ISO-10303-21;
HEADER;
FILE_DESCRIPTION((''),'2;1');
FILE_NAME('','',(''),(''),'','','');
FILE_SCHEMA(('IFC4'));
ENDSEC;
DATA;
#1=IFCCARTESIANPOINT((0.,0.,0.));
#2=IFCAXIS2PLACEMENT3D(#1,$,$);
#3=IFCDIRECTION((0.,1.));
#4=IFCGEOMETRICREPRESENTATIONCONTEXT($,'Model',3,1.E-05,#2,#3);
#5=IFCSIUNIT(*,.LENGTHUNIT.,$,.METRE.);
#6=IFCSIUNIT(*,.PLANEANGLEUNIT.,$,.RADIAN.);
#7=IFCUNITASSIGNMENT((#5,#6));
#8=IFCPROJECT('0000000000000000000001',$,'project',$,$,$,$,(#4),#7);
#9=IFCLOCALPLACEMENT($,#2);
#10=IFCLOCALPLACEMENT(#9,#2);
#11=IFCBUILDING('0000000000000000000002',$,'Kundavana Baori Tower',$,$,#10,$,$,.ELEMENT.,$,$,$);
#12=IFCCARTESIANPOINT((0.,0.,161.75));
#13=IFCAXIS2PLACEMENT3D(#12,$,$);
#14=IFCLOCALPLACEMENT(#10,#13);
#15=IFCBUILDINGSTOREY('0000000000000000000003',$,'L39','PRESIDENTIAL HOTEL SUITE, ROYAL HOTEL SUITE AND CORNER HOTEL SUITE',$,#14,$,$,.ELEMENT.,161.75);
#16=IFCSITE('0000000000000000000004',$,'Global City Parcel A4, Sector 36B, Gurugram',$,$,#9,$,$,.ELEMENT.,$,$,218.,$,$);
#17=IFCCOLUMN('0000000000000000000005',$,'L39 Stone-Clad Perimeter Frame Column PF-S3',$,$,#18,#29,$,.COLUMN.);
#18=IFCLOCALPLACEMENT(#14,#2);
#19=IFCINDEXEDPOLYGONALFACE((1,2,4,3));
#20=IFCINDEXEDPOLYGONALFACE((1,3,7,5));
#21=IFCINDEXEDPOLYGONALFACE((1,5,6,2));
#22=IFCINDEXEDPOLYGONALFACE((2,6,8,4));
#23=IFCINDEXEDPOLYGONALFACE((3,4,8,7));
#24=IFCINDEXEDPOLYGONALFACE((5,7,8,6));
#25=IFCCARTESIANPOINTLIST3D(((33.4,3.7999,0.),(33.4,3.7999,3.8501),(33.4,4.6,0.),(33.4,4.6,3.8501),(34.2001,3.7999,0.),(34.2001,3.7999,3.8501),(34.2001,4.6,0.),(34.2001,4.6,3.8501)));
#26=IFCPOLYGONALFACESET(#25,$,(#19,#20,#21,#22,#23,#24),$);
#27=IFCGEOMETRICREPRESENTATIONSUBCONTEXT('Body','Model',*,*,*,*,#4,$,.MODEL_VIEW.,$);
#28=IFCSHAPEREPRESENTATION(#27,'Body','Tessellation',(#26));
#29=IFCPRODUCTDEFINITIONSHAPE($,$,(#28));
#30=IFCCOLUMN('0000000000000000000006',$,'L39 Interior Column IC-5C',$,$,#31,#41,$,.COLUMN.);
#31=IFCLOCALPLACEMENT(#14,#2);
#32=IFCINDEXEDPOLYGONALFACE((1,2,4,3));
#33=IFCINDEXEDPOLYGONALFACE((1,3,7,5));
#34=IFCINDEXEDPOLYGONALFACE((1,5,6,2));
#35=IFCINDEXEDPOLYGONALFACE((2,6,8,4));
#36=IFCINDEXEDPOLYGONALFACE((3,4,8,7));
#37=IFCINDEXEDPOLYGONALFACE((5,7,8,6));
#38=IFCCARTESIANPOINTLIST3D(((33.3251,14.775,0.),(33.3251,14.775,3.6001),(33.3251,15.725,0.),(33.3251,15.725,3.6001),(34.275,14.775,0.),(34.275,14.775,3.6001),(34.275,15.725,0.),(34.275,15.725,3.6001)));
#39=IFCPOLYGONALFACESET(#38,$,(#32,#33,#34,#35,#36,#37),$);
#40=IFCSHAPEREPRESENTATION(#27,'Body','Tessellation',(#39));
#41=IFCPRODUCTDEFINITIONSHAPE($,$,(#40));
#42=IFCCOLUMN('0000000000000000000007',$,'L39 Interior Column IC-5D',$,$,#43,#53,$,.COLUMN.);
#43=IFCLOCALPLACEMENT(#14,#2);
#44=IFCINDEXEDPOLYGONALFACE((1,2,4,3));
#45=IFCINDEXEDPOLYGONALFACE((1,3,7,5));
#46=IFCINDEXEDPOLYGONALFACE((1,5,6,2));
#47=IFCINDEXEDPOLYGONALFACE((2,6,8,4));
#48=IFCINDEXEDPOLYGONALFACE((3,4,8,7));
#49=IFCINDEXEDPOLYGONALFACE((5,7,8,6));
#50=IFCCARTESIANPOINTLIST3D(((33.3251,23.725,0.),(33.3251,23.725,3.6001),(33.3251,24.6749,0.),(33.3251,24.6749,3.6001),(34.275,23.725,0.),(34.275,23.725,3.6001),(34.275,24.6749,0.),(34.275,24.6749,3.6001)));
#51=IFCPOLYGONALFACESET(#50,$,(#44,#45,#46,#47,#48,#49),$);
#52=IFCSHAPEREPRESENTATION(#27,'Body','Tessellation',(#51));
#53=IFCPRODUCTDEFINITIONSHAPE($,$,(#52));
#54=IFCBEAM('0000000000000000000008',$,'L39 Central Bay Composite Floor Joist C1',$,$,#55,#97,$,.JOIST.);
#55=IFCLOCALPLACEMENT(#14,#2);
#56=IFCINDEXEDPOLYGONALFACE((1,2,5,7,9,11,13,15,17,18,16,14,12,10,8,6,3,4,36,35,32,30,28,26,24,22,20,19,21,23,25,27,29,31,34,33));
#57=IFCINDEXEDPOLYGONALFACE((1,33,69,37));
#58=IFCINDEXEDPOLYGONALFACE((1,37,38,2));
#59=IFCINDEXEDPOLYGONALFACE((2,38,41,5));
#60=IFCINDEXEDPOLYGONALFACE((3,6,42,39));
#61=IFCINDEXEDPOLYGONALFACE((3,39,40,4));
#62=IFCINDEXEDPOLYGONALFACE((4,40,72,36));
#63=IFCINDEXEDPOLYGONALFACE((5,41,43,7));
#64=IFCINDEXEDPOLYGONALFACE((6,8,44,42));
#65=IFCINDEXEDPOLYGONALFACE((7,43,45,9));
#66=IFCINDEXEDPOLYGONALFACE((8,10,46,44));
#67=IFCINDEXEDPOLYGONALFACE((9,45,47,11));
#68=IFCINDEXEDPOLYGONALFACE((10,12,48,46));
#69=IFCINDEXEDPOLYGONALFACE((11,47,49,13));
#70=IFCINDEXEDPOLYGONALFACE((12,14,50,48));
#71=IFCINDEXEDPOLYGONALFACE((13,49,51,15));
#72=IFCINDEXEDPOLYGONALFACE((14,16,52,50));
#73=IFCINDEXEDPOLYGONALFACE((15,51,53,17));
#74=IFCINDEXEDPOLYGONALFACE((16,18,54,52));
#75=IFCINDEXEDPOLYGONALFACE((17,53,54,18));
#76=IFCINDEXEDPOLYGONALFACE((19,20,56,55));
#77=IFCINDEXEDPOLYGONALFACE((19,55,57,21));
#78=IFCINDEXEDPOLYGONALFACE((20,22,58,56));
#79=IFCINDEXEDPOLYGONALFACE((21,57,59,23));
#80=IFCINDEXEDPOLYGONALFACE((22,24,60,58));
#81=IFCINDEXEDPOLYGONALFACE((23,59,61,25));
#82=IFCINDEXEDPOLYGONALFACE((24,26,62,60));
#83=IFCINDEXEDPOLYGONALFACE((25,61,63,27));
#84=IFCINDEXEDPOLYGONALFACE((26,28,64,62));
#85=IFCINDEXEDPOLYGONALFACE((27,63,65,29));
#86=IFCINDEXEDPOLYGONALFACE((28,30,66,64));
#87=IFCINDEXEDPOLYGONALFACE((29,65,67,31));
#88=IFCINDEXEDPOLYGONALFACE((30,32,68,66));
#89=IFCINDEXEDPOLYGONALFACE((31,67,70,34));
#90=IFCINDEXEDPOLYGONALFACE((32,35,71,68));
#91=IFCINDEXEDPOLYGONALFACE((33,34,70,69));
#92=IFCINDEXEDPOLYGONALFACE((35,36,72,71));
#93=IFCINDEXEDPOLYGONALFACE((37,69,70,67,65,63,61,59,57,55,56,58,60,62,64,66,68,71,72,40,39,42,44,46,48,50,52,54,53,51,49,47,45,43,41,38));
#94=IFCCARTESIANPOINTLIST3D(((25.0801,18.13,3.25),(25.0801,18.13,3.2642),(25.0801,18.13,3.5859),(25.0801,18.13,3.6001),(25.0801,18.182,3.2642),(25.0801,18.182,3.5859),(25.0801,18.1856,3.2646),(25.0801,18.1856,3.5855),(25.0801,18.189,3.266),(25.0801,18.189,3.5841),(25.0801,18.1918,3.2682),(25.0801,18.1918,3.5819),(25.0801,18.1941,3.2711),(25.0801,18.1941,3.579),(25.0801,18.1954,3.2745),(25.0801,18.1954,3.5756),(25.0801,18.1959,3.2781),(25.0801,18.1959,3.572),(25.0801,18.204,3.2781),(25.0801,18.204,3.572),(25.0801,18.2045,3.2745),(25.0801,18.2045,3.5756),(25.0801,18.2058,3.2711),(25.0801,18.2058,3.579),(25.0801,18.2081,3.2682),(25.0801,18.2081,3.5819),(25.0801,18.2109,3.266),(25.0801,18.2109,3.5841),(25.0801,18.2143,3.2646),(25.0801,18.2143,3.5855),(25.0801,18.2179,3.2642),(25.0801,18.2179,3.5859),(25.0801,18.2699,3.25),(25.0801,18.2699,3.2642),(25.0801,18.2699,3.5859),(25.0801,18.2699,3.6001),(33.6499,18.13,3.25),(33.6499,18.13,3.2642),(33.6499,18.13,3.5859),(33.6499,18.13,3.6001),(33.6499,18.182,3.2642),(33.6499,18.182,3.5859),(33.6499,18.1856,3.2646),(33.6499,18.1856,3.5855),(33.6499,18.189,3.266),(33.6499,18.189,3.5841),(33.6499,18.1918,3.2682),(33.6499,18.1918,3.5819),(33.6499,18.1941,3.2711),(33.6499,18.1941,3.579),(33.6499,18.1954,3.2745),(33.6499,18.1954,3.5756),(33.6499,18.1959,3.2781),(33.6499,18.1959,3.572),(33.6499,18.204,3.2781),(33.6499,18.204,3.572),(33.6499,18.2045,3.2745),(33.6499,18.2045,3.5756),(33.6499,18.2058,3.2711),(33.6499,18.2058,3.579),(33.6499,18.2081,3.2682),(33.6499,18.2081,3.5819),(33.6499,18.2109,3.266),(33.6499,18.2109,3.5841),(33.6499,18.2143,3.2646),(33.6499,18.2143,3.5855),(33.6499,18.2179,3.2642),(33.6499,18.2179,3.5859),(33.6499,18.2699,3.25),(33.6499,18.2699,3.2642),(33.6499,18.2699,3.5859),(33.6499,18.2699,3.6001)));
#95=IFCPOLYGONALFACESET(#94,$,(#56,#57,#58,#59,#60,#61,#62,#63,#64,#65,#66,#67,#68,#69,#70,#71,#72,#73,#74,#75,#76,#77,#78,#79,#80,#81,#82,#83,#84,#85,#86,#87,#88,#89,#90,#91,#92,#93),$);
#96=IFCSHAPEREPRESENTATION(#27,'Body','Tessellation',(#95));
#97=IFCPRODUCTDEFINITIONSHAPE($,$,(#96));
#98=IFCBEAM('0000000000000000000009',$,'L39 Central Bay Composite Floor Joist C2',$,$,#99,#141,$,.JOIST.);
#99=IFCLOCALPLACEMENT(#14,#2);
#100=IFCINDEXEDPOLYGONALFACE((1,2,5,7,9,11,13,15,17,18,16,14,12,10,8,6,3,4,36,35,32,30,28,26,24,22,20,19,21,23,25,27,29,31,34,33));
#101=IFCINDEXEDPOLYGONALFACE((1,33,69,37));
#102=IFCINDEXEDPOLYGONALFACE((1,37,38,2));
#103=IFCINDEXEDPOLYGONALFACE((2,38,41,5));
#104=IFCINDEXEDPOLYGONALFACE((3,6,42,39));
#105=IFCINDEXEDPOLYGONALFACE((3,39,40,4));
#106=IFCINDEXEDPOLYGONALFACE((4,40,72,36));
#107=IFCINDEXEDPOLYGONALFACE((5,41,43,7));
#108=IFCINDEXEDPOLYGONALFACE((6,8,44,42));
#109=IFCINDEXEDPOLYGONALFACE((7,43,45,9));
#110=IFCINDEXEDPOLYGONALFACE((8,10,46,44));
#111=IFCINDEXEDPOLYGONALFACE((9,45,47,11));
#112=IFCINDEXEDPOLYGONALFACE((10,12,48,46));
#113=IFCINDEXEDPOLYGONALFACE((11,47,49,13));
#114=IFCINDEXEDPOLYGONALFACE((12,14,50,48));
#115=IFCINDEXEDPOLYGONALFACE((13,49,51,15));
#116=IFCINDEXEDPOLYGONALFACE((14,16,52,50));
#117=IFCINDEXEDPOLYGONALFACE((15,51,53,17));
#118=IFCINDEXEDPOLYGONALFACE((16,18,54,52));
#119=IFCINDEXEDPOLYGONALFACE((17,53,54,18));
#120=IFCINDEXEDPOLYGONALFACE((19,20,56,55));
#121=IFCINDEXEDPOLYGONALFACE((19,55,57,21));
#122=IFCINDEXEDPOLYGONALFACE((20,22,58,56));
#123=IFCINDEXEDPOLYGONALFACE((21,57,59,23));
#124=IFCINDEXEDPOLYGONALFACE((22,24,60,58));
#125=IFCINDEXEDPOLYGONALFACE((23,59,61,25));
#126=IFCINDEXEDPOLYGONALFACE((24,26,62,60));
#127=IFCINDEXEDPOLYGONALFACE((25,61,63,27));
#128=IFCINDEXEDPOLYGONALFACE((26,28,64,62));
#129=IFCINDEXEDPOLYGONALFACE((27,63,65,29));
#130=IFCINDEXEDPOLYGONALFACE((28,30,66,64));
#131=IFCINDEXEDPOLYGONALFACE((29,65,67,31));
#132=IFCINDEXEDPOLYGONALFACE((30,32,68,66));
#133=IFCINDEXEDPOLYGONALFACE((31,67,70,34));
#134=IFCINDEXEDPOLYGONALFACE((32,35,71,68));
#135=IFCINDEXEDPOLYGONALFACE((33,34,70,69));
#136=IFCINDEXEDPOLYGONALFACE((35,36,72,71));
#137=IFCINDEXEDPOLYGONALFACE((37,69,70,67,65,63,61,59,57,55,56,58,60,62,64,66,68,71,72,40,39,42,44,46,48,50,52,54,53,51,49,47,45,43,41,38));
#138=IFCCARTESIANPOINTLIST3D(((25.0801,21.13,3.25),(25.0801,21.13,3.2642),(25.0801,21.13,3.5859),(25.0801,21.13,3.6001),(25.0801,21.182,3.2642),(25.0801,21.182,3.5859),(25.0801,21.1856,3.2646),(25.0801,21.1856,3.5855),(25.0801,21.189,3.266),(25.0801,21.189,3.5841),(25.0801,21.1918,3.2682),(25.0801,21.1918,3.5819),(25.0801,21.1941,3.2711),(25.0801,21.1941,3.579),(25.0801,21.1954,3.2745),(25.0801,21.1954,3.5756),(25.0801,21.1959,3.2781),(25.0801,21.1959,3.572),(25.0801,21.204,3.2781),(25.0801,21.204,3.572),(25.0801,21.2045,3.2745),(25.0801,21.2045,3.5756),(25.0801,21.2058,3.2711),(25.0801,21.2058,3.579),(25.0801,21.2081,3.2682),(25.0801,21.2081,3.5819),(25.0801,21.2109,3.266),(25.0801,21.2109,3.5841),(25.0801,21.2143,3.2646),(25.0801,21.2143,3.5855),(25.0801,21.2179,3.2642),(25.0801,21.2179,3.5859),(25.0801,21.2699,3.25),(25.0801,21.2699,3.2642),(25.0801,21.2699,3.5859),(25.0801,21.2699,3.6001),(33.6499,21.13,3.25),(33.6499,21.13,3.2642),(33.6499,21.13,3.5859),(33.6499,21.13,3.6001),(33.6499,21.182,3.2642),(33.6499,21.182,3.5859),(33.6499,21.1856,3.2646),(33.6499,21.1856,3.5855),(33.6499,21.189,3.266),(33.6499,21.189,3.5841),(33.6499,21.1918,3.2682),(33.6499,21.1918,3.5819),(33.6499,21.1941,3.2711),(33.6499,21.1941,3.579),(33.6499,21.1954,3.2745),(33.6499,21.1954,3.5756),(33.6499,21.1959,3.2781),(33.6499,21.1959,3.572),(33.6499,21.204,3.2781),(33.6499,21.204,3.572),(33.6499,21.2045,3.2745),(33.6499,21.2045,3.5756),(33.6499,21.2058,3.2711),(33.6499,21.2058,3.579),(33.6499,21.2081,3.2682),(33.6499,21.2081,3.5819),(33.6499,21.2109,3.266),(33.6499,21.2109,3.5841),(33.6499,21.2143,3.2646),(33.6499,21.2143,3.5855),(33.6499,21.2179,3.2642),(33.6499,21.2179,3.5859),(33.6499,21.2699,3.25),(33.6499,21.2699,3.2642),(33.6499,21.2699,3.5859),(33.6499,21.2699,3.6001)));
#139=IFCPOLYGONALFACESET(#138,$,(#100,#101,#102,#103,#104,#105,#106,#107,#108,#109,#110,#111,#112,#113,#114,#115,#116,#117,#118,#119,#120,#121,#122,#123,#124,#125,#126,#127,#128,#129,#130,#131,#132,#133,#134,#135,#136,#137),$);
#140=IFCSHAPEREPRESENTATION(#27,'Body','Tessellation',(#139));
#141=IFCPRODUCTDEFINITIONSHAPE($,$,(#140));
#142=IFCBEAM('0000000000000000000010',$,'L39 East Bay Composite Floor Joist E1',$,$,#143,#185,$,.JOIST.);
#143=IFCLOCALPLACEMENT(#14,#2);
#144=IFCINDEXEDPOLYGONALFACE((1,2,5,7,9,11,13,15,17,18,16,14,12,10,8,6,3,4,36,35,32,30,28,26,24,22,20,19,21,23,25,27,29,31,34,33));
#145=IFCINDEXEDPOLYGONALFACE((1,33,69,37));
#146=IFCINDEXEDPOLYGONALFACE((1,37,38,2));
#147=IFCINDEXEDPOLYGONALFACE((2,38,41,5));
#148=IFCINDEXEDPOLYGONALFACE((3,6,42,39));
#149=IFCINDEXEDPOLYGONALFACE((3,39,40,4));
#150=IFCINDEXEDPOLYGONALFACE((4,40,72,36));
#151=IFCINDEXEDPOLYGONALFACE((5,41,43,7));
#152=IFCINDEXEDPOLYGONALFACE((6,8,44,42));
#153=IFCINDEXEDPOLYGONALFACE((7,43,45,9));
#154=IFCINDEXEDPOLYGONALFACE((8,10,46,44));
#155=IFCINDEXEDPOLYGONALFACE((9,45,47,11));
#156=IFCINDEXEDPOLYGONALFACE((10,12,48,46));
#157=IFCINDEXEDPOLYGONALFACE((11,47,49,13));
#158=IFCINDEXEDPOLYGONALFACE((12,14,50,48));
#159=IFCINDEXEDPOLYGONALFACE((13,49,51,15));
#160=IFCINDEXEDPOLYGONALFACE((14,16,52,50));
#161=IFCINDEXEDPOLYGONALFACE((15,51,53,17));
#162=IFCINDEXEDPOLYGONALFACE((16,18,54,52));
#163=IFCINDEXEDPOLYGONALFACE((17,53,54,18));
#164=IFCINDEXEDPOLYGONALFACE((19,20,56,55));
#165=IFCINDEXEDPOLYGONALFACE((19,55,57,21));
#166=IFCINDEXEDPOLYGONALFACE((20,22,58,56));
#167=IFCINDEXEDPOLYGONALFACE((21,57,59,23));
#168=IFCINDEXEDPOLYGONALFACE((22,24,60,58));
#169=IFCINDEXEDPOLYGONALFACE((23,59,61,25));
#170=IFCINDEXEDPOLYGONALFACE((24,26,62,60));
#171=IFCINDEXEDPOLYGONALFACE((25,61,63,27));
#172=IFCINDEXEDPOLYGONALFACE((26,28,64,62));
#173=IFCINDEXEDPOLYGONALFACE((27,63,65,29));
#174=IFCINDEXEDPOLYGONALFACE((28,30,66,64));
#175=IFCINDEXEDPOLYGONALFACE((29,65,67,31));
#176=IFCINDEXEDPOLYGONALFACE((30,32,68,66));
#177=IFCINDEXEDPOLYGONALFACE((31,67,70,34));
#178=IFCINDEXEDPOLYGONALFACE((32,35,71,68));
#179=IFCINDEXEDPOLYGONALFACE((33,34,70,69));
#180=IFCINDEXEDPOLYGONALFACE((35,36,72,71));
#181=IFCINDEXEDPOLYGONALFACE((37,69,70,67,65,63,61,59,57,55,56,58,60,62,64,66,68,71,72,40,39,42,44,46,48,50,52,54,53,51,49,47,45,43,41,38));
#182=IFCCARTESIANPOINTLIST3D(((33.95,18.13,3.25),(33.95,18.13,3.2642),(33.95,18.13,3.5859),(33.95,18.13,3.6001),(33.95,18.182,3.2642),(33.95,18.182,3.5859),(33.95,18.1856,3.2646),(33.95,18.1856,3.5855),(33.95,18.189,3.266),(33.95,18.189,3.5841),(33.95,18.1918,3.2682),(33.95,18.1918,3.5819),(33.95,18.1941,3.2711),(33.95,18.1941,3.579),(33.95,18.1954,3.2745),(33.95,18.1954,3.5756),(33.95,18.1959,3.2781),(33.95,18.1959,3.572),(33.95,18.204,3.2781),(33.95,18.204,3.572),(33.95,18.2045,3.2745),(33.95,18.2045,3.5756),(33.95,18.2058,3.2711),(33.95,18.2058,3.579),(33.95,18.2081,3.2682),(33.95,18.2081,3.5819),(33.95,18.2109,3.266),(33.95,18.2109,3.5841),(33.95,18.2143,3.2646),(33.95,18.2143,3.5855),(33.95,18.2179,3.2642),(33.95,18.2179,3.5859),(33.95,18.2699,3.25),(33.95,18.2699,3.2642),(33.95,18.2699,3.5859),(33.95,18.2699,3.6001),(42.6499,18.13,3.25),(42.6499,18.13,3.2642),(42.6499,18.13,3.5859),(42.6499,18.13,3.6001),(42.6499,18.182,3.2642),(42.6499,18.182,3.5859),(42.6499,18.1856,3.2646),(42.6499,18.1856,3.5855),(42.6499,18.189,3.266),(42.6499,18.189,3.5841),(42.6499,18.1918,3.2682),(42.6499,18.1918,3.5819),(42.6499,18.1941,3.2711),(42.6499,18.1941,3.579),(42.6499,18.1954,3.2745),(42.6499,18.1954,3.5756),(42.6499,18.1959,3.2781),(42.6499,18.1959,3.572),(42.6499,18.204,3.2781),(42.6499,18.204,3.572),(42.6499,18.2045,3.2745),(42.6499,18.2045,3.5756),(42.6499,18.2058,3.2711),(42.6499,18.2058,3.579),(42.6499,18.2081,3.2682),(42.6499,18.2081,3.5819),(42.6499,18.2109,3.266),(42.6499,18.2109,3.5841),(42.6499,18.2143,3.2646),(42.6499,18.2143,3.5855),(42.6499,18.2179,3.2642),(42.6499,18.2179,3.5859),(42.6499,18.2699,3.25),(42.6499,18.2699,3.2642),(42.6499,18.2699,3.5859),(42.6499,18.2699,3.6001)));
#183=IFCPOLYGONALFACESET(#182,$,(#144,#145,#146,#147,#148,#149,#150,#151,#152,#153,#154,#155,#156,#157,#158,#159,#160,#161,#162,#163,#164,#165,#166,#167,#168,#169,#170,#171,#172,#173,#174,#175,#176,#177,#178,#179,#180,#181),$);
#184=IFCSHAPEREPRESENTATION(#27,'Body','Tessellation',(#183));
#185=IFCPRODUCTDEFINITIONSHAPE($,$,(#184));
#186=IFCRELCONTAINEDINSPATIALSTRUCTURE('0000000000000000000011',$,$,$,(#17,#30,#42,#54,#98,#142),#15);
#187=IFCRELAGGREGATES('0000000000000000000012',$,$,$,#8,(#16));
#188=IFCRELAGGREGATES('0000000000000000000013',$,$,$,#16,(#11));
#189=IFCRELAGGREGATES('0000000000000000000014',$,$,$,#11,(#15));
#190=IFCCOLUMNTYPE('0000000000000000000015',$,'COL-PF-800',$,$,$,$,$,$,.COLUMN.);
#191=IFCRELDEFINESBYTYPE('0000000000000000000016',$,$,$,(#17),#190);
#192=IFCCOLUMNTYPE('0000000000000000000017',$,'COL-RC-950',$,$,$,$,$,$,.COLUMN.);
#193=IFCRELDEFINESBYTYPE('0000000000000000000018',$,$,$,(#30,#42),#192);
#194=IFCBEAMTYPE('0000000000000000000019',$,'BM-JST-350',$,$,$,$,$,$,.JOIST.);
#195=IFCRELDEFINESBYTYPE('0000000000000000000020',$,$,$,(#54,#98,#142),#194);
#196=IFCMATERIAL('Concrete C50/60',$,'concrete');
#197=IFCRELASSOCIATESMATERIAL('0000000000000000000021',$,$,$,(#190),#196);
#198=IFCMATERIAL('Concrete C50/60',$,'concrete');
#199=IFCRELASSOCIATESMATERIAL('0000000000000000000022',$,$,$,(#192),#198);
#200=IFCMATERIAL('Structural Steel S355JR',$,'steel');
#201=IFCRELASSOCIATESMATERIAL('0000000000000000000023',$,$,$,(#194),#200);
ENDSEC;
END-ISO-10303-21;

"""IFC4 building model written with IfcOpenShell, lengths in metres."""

from ifc_helpers import new_model, si_unit, direction, frame, origin, origin_2d, place, context, subcontext, project, spatial, rectangle, i_section, extrude, material, material_profile, profile_set, type_object, element, save


model = new_model("IFC4")

# Units and contexts
model_context = context("Model", 3, precision=1e-05, world=origin(), true_north=direction((0.0, 1.0)))
body_context = subcontext(model_context, "Body", "Model", "MODEL_VIEW")
ifc_project = project(units=[si_unit("LENGTHUNIT", "METRE"), si_unit("PLANEANGLEUNIT", "RADIAN")], contexts=[model_context])

# Site, building, storey
site_placement = place(None, origin())
site = spatial("IfcSite", under=ifc_project, at=site_placement, Name="Global City Parcel A4, Sector 36B, Gurugram", CompositionType="ELEMENT", RefElevation=218.0)
building_placement = place(site_placement, origin())
building = spatial("IfcBuilding", under=site, at=building_placement, Name="Kundavana Baori Tower", CompositionType="ELEMENT")
storey_placement = place(building_placement, frame((0.0, 0.0, 161.75)))
storey = spatial("IfcBuildingStorey", under=building, at=storey_placement, Name="L39", Description="PRESIDENTIAL HOTEL SUITE, ROYAL HOTEL SUITE AND CORNER HOTEL SUITE", CompositionType="ELEMENT", Elevation=161.75)

# Columns
ifc_material_1 = material(Name="Concrete C50/60", Category="concrete")
ifc_material_profile_1 = material_profile(ifc_material_1, rectangle(XDim=0.8, YDim=0.8, at=origin_2d()), Name="RC PF 800x800")
ifc_profile_set_1 = profile_set([ifc_material_profile_1], Name="Concrete C50/60")
column_type_1 = type_object("IfcColumnType", Name="COL-PF-800", PredefinedType="COLUMN", material=ifc_profile_set_1)
column_placement = place(storey_placement, frame((33.8, 4.2, 0.0), z_axis=(0.0, 0.0, 1.0), x_axis=(1.0, 0.0, 0.0)))
element("IfcColumn", 1, at=column_placement, inside=storey, type_object=column_type_1, Name="L39 Stone-Clad Perimeter Frame Column PF-S3", PredefinedType="COLUMN", context=body_context, shape_type="SweptSolid", body=[
    extrude(rectangle(XDim=0.8, YDim=0.8, at=origin_2d()), origin(), (0.0, 0.0, 1.0), 3.8501),
])
ifc_material_2 = material(Name="Concrete C50/60", Category="concrete")
ifc_material_profile_2 = material_profile(ifc_material_2, rectangle(XDim=0.95, YDim=0.95, at=origin_2d()), Name="RC 950x950")
ifc_profile_set_2 = profile_set([ifc_material_profile_2], Name="Concrete C50/60")
column_type_2 = type_object("IfcColumnType", Name="COL-RC-950", PredefinedType="COLUMN", material=ifc_profile_set_2)
for number, where, z_axis, x_axis, name in (
    (2, (33.8, 15.25, 0.0), (0.0, 0.0, 1.0), (1.0, 0.0, 0.0), "L39 Interior Column IC-5C"),
    (3, (33.8, 24.2, 0.0), (0.0, 0.0, 1.0), (1.0, 0.0, 0.0), "L39 Interior Column IC-5D"),
):
    element("IfcColumn", number, at=place(storey_placement, frame(where, z_axis=z_axis, x_axis=x_axis)), inside=storey, type_object=column_type_2, Name=name, PredefinedType="COLUMN", context=body_context, shape_type="SweptSolid", body=[
        extrude(rectangle(XDim=0.95, YDim=0.95, at=origin_2d()), origin(), (0.0, 0.0, 1.0), 3.6001),
    ])

# Beams
ifc_material_3 = material(Name="Structural Steel S355JR", Category="steel")
ifc_material_profile_3 = material_profile(ifc_material_3, i_section(OverallWidth=0.1399, OverallDepth=0.3501, WebThickness=0.0081, FlangeThickness=0.0142, FilletRadius=0.0139, at=origin_2d()), Name="ISMB 350")
ifc_profile_set_3 = profile_set([ifc_material_profile_3], Name="Structural Steel S355JR")
beam_type_1 = type_object("IfcBeamType", Name="BM-JST-350", PredefinedType="JOIST", material=ifc_profile_set_3)
for number, where, z_axis, x_axis, name in (
    (4, (25.0801, 18.2, 3.425), (1.0, 0.0, 0.0), (0.0, 1.0, 0.0), "L39 Central Bay Composite Floor Joist C1"),
    (5, (25.0801, 21.2, 3.425), (1.0, 0.0, 0.0), (0.0, 1.0, 0.0), "L39 Central Bay Composite Floor Joist C2"),
):
    element("IfcBeam", number, at=place(storey_placement, frame(where, z_axis=z_axis, x_axis=x_axis)), inside=storey, type_object=beam_type_1, Name=name, PredefinedType="JOIST", context=body_context, shape_type="SweptSolid", body=[
        extrude(i_section(OverallWidth=0.1399, OverallDepth=0.3501, WebThickness=0.0081, FlangeThickness=0.0142, FilletRadius=0.0139, at=origin_2d()), origin(), (0.0, 0.0, 1.0), 8.5698),
    ])
for number, where, z_axis, x_axis, name in (
    (6, (33.95, 18.2, 3.425), (1.0, 0.0, 0.0), (0.0, 1.0, 0.0), "L39 East Bay Composite Floor Joist E1"),
):
    element("IfcBeam", number, at=place(storey_placement, frame(where, z_axis=z_axis, x_axis=x_axis)), inside=storey, type_object=beam_type_1, Name=name, PredefinedType="JOIST", context=body_context, shape_type="SweptSolid", body=[
        extrude(i_section(OverallWidth=0.1399, OverallDepth=0.3501, WebThickness=0.0081, FlangeThickness=0.0142, FilletRadius=0.0139, at=origin_2d()), origin(), (0.0, 0.0, 1.0), 8.7),
    ])

save(model, "model.ifc")
